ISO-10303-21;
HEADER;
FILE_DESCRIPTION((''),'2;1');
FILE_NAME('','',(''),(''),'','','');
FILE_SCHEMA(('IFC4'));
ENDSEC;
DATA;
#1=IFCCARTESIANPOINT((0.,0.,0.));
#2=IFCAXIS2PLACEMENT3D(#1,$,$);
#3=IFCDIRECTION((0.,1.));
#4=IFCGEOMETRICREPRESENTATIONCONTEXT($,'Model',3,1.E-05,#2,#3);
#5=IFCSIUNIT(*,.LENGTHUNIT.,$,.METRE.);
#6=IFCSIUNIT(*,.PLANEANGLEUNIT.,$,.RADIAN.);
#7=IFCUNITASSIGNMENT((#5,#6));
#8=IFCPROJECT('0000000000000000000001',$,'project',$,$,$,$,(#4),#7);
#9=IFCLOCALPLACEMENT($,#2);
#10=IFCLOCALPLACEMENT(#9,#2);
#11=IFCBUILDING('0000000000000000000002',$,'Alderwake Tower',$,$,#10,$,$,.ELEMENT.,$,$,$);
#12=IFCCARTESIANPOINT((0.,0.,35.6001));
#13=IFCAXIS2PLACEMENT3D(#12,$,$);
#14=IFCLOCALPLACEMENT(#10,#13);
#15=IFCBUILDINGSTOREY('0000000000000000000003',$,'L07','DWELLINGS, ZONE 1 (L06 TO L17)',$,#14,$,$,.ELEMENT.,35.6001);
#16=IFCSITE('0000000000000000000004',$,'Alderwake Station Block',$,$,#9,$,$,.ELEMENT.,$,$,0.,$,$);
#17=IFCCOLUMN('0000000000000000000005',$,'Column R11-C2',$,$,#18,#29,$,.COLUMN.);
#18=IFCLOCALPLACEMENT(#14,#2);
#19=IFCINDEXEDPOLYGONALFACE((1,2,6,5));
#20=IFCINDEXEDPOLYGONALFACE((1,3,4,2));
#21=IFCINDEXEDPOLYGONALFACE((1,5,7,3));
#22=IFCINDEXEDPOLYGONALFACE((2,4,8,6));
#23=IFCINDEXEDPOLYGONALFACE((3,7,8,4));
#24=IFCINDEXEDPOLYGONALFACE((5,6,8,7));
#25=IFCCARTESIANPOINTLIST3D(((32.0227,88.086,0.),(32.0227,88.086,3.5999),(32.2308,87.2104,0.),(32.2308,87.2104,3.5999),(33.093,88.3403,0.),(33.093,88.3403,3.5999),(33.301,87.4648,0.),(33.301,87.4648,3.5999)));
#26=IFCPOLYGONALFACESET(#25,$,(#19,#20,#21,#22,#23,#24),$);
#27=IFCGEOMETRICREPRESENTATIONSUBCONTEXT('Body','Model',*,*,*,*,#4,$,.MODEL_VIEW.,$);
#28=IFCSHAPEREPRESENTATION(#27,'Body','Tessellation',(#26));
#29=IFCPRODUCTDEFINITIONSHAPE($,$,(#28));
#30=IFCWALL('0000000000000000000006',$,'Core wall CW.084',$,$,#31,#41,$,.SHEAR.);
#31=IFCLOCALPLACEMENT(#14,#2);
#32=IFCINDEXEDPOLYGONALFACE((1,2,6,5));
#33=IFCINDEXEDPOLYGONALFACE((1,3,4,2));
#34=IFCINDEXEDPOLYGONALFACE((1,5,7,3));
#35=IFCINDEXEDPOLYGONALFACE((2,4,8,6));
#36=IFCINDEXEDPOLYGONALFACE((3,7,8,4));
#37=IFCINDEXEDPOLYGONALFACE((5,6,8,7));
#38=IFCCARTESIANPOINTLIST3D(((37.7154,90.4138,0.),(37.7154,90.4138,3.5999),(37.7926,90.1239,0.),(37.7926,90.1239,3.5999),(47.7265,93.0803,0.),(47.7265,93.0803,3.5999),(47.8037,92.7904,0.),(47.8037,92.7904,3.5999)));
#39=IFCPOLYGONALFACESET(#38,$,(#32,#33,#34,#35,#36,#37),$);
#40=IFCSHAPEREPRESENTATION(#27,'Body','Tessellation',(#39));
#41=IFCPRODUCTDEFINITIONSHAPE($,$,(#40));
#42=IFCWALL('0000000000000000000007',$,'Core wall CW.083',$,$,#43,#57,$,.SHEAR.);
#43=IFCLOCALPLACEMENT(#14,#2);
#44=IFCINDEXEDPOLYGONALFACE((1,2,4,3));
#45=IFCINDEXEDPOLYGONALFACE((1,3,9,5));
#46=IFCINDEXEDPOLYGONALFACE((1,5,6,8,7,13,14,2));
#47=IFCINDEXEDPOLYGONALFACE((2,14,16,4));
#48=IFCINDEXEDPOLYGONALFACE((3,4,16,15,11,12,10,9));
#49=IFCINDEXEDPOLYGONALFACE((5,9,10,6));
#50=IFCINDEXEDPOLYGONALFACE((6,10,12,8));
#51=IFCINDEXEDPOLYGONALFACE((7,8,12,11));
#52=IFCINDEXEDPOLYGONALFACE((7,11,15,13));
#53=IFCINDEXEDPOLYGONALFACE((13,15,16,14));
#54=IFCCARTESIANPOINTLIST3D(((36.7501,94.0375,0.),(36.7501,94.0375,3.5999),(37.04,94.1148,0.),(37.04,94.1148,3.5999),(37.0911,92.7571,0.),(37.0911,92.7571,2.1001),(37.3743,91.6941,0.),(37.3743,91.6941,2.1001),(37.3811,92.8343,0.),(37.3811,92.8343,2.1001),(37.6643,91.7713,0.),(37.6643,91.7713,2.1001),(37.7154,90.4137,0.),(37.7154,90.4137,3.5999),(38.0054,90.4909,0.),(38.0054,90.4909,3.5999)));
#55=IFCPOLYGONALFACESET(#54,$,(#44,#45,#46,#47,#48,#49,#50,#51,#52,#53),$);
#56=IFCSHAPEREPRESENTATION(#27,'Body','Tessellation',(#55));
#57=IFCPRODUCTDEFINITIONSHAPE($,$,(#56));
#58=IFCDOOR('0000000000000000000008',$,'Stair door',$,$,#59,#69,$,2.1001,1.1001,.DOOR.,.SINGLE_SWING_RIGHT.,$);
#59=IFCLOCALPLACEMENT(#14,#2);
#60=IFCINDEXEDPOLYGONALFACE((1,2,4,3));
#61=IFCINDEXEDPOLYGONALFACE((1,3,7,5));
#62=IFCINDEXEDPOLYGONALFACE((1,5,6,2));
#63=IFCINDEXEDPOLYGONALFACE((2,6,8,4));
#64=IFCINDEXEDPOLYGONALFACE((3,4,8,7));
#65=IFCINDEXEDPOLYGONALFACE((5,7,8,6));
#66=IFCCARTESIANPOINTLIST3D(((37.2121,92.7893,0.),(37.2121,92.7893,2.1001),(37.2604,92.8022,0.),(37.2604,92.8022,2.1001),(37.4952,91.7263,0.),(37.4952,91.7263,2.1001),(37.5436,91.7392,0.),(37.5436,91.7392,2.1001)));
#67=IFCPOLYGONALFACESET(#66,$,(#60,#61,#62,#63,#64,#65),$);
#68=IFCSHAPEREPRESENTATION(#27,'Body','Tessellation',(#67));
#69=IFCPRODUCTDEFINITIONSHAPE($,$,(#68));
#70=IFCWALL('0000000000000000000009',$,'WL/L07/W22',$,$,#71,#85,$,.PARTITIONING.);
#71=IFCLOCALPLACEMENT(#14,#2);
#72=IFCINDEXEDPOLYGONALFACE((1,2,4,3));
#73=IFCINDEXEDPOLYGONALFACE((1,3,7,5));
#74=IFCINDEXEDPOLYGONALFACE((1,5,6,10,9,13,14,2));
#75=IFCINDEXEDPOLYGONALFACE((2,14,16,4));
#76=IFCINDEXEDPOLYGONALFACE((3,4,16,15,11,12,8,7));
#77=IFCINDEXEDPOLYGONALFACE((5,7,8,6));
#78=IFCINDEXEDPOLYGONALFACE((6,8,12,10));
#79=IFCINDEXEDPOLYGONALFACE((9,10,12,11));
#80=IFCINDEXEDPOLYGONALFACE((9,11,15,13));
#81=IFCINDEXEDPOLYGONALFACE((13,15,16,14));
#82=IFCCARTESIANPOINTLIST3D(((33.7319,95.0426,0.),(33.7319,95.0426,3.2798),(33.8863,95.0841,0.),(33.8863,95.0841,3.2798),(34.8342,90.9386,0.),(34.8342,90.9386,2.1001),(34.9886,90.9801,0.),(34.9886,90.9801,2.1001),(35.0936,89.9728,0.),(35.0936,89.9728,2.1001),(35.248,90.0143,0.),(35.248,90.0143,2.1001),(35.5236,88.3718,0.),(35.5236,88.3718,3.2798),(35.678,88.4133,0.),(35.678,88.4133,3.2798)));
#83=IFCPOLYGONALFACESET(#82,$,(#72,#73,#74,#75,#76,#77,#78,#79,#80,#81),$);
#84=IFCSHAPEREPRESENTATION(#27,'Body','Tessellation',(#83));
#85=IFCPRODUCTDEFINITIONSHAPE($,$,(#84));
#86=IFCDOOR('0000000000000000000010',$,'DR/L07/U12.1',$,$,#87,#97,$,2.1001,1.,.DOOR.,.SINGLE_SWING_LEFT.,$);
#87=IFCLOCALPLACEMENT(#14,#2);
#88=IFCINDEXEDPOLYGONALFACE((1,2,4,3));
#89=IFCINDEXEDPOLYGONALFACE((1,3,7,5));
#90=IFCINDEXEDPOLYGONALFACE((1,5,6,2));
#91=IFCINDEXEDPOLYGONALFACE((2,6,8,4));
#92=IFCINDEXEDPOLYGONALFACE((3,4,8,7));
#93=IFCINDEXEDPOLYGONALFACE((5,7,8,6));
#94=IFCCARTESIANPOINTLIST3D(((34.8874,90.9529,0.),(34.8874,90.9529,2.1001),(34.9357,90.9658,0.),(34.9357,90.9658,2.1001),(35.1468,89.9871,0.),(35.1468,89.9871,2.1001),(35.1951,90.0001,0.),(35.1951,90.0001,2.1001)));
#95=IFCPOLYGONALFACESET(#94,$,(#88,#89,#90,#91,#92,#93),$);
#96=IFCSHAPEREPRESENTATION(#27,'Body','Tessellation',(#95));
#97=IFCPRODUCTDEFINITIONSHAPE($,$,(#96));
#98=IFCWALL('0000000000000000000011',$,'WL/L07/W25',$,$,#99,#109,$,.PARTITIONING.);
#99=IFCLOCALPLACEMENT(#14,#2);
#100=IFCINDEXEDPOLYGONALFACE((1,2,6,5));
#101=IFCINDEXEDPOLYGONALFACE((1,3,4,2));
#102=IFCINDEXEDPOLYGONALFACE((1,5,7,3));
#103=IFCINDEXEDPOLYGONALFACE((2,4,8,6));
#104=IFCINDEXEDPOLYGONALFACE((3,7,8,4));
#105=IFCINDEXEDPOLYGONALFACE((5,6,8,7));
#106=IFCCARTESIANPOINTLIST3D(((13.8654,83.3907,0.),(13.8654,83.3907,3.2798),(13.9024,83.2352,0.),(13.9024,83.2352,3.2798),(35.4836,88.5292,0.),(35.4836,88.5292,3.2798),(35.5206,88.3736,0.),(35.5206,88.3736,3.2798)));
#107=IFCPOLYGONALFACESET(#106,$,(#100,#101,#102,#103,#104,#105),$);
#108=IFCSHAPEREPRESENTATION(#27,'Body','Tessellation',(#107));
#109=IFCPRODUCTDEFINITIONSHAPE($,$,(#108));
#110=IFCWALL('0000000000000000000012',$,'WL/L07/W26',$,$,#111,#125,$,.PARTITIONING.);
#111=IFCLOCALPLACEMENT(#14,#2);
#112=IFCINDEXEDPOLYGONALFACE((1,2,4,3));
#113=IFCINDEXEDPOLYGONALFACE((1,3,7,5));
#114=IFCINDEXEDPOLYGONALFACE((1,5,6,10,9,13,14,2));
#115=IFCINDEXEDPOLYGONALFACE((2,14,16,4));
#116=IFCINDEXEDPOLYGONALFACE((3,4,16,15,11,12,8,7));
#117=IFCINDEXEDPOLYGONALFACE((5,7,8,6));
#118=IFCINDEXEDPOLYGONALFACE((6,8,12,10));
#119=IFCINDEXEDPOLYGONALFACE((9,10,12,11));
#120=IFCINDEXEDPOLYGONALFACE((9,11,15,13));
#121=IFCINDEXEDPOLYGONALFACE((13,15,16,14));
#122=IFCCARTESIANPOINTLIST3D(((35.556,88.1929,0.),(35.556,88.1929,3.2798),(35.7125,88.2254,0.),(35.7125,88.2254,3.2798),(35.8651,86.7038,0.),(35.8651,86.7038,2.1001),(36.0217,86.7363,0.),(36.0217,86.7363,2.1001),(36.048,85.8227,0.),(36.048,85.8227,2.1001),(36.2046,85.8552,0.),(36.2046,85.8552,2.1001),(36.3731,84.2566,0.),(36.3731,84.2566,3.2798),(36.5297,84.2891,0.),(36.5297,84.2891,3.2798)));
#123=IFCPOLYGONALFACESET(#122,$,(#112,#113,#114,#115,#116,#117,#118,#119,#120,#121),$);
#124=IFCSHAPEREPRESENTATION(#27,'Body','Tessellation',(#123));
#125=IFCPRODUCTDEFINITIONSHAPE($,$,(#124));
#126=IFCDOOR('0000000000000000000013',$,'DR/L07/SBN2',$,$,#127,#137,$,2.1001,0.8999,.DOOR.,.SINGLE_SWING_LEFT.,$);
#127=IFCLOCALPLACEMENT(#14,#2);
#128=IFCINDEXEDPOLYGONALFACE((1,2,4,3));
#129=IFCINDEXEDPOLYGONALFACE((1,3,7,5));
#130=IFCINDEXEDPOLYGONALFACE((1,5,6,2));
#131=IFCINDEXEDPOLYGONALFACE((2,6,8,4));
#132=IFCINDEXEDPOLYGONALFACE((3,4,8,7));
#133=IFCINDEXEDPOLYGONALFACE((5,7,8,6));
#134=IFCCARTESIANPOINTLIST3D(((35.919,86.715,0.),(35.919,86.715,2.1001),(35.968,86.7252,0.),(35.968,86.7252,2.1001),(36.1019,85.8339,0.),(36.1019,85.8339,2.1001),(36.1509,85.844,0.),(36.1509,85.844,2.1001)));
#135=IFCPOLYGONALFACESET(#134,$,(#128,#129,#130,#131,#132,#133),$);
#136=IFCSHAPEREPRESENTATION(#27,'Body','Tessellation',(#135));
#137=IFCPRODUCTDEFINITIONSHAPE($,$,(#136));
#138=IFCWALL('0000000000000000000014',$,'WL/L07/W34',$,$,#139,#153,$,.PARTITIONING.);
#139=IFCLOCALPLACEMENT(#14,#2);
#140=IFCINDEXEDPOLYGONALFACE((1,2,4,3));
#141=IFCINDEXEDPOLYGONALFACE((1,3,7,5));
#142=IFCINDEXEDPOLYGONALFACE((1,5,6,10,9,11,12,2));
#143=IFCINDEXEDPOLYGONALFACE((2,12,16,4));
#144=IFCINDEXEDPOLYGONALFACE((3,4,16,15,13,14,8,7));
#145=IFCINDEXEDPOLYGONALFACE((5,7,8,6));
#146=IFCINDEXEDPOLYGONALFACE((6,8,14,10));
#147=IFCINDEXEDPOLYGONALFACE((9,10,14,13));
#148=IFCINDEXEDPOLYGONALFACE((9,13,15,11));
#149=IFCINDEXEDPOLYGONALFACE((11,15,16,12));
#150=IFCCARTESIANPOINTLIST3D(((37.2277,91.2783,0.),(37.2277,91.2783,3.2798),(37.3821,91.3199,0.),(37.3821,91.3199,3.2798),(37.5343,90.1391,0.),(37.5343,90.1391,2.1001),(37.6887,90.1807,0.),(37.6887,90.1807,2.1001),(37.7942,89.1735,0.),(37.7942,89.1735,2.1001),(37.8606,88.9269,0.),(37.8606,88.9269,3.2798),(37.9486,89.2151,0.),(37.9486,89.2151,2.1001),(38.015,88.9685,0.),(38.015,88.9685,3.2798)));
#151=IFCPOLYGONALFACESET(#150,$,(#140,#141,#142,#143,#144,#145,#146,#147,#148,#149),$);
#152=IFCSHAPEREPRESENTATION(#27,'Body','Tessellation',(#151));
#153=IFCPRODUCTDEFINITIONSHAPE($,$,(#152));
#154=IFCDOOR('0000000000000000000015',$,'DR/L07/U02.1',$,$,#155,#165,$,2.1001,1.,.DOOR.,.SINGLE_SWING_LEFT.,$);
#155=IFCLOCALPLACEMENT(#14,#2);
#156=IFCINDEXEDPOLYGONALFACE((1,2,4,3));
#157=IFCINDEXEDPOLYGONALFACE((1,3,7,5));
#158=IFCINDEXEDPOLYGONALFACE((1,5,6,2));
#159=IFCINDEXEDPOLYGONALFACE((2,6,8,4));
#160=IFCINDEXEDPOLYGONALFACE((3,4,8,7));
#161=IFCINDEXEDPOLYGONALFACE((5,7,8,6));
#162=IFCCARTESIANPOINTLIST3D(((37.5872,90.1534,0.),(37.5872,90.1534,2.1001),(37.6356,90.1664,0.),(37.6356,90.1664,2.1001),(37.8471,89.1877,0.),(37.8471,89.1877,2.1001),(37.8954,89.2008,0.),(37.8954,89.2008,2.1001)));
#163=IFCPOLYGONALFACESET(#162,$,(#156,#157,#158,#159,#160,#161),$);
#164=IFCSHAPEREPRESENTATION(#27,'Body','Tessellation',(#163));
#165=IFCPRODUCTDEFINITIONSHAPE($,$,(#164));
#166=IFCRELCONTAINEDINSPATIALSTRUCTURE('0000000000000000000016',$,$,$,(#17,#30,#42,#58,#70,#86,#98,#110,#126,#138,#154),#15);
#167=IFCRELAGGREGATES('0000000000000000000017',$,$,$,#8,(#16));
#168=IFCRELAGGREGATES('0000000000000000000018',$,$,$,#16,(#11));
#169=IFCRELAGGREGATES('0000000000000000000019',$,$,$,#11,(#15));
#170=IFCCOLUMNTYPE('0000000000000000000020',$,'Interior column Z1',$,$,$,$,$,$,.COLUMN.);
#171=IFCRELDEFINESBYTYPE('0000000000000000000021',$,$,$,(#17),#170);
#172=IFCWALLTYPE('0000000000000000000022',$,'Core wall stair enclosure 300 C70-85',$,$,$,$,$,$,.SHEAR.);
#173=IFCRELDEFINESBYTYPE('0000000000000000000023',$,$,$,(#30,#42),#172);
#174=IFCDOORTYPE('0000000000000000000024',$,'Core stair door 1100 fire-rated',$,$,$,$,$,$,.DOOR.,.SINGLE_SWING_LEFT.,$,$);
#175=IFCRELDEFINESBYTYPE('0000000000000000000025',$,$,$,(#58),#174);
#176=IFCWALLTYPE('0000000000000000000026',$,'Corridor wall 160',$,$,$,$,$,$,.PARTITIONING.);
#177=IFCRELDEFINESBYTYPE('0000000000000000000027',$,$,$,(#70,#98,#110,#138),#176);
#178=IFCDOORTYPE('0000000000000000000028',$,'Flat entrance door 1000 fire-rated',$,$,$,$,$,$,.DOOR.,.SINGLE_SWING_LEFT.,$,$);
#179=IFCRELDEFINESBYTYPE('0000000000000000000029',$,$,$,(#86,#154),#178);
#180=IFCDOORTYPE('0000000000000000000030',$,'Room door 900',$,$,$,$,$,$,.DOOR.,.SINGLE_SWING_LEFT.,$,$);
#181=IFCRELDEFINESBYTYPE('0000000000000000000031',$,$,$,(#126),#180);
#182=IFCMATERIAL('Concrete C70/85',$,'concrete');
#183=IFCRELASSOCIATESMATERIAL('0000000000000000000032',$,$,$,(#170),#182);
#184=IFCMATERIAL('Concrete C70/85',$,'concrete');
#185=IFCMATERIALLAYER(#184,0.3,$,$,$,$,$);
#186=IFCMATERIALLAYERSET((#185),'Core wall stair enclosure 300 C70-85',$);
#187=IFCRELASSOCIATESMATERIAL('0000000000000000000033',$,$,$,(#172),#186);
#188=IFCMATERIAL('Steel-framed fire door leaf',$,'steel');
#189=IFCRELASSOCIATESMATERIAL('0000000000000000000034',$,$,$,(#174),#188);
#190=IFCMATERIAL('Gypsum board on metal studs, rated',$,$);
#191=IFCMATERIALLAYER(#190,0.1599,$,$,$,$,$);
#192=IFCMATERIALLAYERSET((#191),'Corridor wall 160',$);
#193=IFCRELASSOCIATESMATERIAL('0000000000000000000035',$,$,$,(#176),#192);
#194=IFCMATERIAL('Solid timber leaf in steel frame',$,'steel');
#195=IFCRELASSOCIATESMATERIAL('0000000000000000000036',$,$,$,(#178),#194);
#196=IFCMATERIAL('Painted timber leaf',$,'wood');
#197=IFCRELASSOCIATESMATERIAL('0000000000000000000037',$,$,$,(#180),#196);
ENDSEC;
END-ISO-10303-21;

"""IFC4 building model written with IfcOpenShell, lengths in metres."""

from ifc_helpers import new_model, si_unit, direction, frame, frame_2d, origin, origin_2d, place, context, subcontext, project, spatial, rectangle, extrude, material, layer, layer_set, material_profile, profile_set, type_object, element, fill, save


model = new_model("IFC4")

# Units and contexts
model_context = context("Model", 3, precision=1e-05, world=origin(), true_north=direction((0.0, 1.0)))
body_context = subcontext(model_context, "Body", "Model", "MODEL_VIEW")
ifc_project = project(units=[si_unit("LENGTHUNIT", "METRE"), si_unit("PLANEANGLEUNIT", "RADIAN")], contexts=[model_context])

# Site, building, storey
site_placement = place(None, origin())
site = spatial("IfcSite", under=ifc_project, at=site_placement, Name="Alderwake Station Block", CompositionType="ELEMENT", RefElevation=0.0)
building_placement = place(site_placement, origin())
building = spatial("IfcBuilding", under=site, at=building_placement, Name="Alderwake Tower", CompositionType="ELEMENT")
storey_placement = place(building_placement, frame((0.0, 0.0, 35.6001)))
storey = spatial("IfcBuildingStorey", under=building, at=storey_placement, Name="L07", Description="DWELLINGS, ZONE 1 (L06 TO L17)", CompositionType="ELEMENT", Elevation=35.6001)

# Column
ifc_material_1 = material(Name="Concrete C70/85", Category="concrete")
ifc_material_profile = material_profile(ifc_material_1, rectangle(XDim=0.8999, YDim=1.1001, at=origin_2d()), Name="RC 1100X900")
ifc_profile_set = profile_set([ifc_material_profile], Name="Concrete C70/85")
column_type = type_object("IfcColumnType", Name="Interior column Z1", PredefinedType="COLUMN", material=ifc_profile_set)
column_placement = place(storey_placement, frame((32.6619, 87.7754, 0.0), z_axis=(0.0, 0.0, 1.0), x_axis=(-0.231222, 0.972901, 0.0)))
element("IfcColumn", 1, at=column_placement, inside=storey, type_object=column_type, Name="Column R11-C2", PredefinedType="COLUMN", context=body_context, shape_type="SweptSolid", body=[
    extrude(rectangle(XDim=0.8999, YDim=1.1001, at=origin_2d()), origin(), (0.0, 0.0, 1.0), 3.5999),
])

# Wall
ifc_material_2 = material(Name="Concrete C70/85", Category="concrete")
ifc_layer_1 = layer(ifc_material_2, 0.3)
ifc_layer_set_1 = layer_set([ifc_layer_1], Name="Core wall stair enclosure 300 C70-85")
wall_type_1 = type_object("IfcWallType", Name="Core wall stair enclosure 300 C70-85", PredefinedType="SHEAR", material=ifc_layer_set_1)
wall_1_placement = place(storey_placement, frame((37.7539, 90.2688, 0.0), z_axis=(0.0, 0.0, 1.0), x_axis=(0.966309, 0.257384, 0.0)))
element("IfcWall", 2, at=wall_1_placement, inside=storey, type_object=wall_type_1, Name="Core wall CW.084", PredefinedType="SHEAR", context=body_context, shape_type="SweptSolid", body=[
    extrude(rectangle(XDim=10.3601, YDim=0.3, at=frame_2d((5.1802, 0.0))), origin(), (0.0, 0.0, 1.0), 3.5999),
])

# Walls, openings, doors
wall_2_placement = place(storey_placement, frame((37.8604, 90.4524, 0.0), z_axis=(0.0, 0.0, 1.0), x_axis=(-0.257411, 0.966302, 0.0)))
wall_2 = element("IfcWall", 3, at=wall_2_placement, inside=storey, type_object=wall_type_1, Name="Core wall CW.083", PredefinedType="SHEAR", context=body_context, shape_type="SweptSolid", body=[
    extrude(rectangle(XDim=3.7502, YDim=0.3, at=frame_2d((1.875, 0.0))), origin(), (0.0, 0.0, 1.0), 3.5999),
])
opening_1_placement = place(wall_2_placement, frame((1.325, 0.0, 0.0)))
opening_1 = element("IfcOpeningElement", 4, at=opening_1_placement, cuts=wall_2, PredefinedType="OPENING", context=body_context, shape_type="SweptSolid", body=[
    extrude(rectangle(XDim=1.1001, YDim=2.1001, at=frame_2d((0.55, 1.05))), frame((0.0, 0.1599, 0.0), z_axis=(0.0, -1.0, 0.0), x_axis=(1.0, 0.0, 0.0)), (0.0, 0.0, 1.0), 0.3201),
])
ifc_material_3 = material(Name="Steel-framed fire door leaf", Category="steel")
door_type_1 = type_object("IfcDoorType", Name="Core stair door 1100 fire-rated", OperationType="SINGLE_SWING_LEFT", PredefinedType="DOOR", material=ifc_material_3)
door_1_placement = place(opening_1_placement, origin())
door_1 = element("IfcDoor", 5, at=door_1_placement, inside=storey, type_object=door_type_1, Name="Stair door", OperationType="SINGLE_SWING_RIGHT", OverallHeight=2.1001, OverallWidth=1.1001, PredefinedType="DOOR", context=body_context, shape_type="SweptSolid", body=[
    extrude(rectangle(XDim=1.1001, YDim=2.1001, at=frame_2d((0.55, 1.05))), frame((0.0, 0.0249, 0.0), z_axis=(0.0, -1.0, 0.0), x_axis=(1.0, 0.0, 0.0)), (0.0, 0.0, 1.0), 0.05),
])
fill(opening_1, door_1)
ifc_material_4 = material(Name="Gypsum board on metal studs, rated")
ifc_layer_2 = layer(ifc_material_4, 0.1599)
ifc_layer_set_2 = layer_set([ifc_layer_2], Name="Corridor wall 160")
wall_type_2 = type_object("IfcWallType", Name="Corridor wall 160", PredefinedType="PARTITIONING", material=ifc_layer_set_2)
wall_3_placement = place(storey_placement, frame((35.6008, 88.3926, 0.0), z_axis=(0.0, 0.0, 1.0), x_axis=(-0.259398, 0.965771, 0.0)))
wall_3 = element("IfcWall", 6, at=wall_3_placement, inside=storey, type_object=wall_type_2, Name="WL/L07/W22", PredefinedType="PARTITIONING", context=body_context, shape_type="SweptSolid", body=[
    extrude(rectangle(XDim=6.9072, YDim=0.1599, at=frame_2d((3.4536, 0.0))), origin(), (0.0, 0.0, 1.0), 3.2798),
])
opening_2_placement = place(wall_3_placement, frame((1.6577, 0.0, 0.0)))
opening_2 = element("IfcOpeningElement", 7, at=opening_2_placement, cuts=wall_3, PredefinedType="OPENING", context=body_context, shape_type="SweptSolid", body=[
    extrude(rectangle(XDim=1.0, YDim=2.1001, at=frame_2d((0.5, 1.05))), frame((0.0, 0.0898, 0.0), z_axis=(0.0, -1.0, 0.0), x_axis=(1.0, 0.0, 0.0)), (0.0, 0.0, 1.0), 0.1799),
])
ifc_material_5 = material(Name="Solid timber leaf in steel frame", Category="steel")
door_type_2 = type_object("IfcDoorType", Name="Flat entrance door 1000 fire-rated", OperationType="SINGLE_SWING_LEFT", PredefinedType="DOOR", material=ifc_material_5)
door_2_placement = place(opening_2_placement, origin())
door_2 = element("IfcDoor", 8, at=door_2_placement, inside=storey, type_object=door_type_2, Name="DR/L07/U12.1", OperationType="SINGLE_SWING_LEFT", OverallHeight=2.1001, OverallWidth=1.0, PredefinedType="DOOR", context=body_context, shape_type="SweptSolid", body=[
    extrude(rectangle(XDim=1.0, YDim=2.1001, at=frame_2d((0.5, 1.05))), frame((0.0, 0.0249, 0.0), z_axis=(0.0, -1.0, 0.0), x_axis=(1.0, 0.0, 0.0)), (0.0, 0.0, 1.0), 0.05),
])
fill(opening_2, door_2)

# Wall
wall_4_placement = place(storey_placement, frame((35.5022, 88.4514, 0.0), z_axis=(0.0, 0.0, 1.0), x_axis=(-0.972895, -0.231248, 0.0)))
element("IfcWall", 9, at=wall_4_placement, inside=storey, type_object=wall_type_2, Name="WL/L07/W25", PredefinedType="PARTITIONING", context=body_context, shape_type="SweptSolid", body=[
    extrude(rectangle(XDim=22.2205, YDim=0.1599, at=frame_2d((11.1104, 0.0))), origin(), (0.0, 0.0, 1.0), 3.2798),
])

# Walls, openings, doors
wall_5_placement = place(storey_placement, frame((36.4514, 84.2727, 0.0), z_axis=(0.0, 0.0, 1.0), x_axis=(-0.203258, 0.979125, 0.0)))
wall_5 = element("IfcWall", 10, at=wall_5_placement, inside=storey, type_object=wall_type_2, Name="WL/L07/W26", PredefinedType="PARTITIONING", context=body_context, shape_type="SweptSolid", body=[
    extrude(rectangle(XDim=4.0203, YDim=0.1599, at=frame_2d((2.0103, 0.0))), origin(), (0.0, 0.0, 1.0), 3.2798),
])
opening_3_placement = place(wall_5_placement, frame((1.5996, 0.0, 0.0)))
opening_3 = element("IfcOpeningElement", 11, at=opening_3_placement, cuts=wall_5, PredefinedType="OPENING", context=body_context, shape_type="SweptSolid", body=[
    extrude(rectangle(XDim=0.8999, YDim=2.1001, at=frame_2d((0.45, 1.05))), frame((0.0, 0.0898, 0.0), z_axis=(0.0, -1.0, 0.0), x_axis=(1.0, 0.0, 0.0)), (0.0, 0.0, 1.0), 0.1799),
])
ifc_material_6 = material(Name="Painted timber leaf", Category="wood")
door_type_3 = type_object("IfcDoorType", Name="Room door 900", OperationType="SINGLE_SWING_LEFT", PredefinedType="DOOR", material=ifc_material_6)
door_3_placement = place(opening_3_placement, origin())
door_3 = element("IfcDoor", 12, at=door_3_placement, inside=storey, type_object=door_type_3, Name="DR/L07/SBN2", OperationType="SINGLE_SWING_LEFT", OverallHeight=2.1001, OverallWidth=0.8999, PredefinedType="DOOR", context=body_context, shape_type="SweptSolid", body=[
    extrude(rectangle(XDim=0.8999, YDim=2.1001, at=frame_2d((0.45, 1.05))), frame((0.0, 0.0249, 0.0), z_axis=(0.0, -1.0, 0.0), x_axis=(1.0, 0.0, 0.0)), (0.0, 0.0, 1.0), 0.05),
])
fill(opening_3, door_3)
wall_6_placement = place(storey_placement, frame((37.3049, 91.2991, 0.0), z_axis=(0.0, 0.0, 1.0), x_axis=(0.259884, -0.96564, 0.0)))
wall_6 = element("IfcWall", 13, at=wall_6_placement, inside=storey, type_object=wall_type_2, Name="WL/L07/W34", PredefinedType="PARTITIONING", context=body_context, shape_type="SweptSolid", body=[
    extrude(rectangle(XDim=2.4351, YDim=0.1599, at=frame_2d((1.2175, 0.0))), origin(), (0.0, 0.0, 1.0), 3.2798),
])
opening_4_placement = place(wall_6_placement, frame((1.1797, 0.0, 0.0)))
opening_4 = element("IfcOpeningElement", 14, at=opening_4_placement, cuts=wall_6, PredefinedType="OPENING", context=body_context, shape_type="SweptSolid", body=[
    extrude(rectangle(XDim=1.0, YDim=2.1001, at=frame_2d((0.5, 1.05))), frame((0.0, 0.0898, 0.0), z_axis=(0.0, -1.0, 0.0), x_axis=(1.0, 0.0, 0.0)), (0.0, 0.0, 1.0), 0.1799),
])
door_4_placement = place(opening_4_placement, origin())
door_4 = element("IfcDoor", 15, at=door_4_placement, inside=storey, type_object=door_type_2, Name="DR/L07/U02.1", OperationType="SINGLE_SWING_LEFT", OverallHeight=2.1001, OverallWidth=1.0, PredefinedType="DOOR", context=body_context, shape_type="SweptSolid", body=[
    extrude(rectangle(XDim=1.0, YDim=2.1001, at=frame_2d((0.5, 1.05))), frame((0.0, 0.0249, 0.0), z_axis=(0.0, -1.0, 0.0), x_axis=(1.0, 0.0, 0.0)), (0.0, 0.0, 1.0), 0.05),
])
fill(opening_4, door_4)

save(model, "model.ifc")
